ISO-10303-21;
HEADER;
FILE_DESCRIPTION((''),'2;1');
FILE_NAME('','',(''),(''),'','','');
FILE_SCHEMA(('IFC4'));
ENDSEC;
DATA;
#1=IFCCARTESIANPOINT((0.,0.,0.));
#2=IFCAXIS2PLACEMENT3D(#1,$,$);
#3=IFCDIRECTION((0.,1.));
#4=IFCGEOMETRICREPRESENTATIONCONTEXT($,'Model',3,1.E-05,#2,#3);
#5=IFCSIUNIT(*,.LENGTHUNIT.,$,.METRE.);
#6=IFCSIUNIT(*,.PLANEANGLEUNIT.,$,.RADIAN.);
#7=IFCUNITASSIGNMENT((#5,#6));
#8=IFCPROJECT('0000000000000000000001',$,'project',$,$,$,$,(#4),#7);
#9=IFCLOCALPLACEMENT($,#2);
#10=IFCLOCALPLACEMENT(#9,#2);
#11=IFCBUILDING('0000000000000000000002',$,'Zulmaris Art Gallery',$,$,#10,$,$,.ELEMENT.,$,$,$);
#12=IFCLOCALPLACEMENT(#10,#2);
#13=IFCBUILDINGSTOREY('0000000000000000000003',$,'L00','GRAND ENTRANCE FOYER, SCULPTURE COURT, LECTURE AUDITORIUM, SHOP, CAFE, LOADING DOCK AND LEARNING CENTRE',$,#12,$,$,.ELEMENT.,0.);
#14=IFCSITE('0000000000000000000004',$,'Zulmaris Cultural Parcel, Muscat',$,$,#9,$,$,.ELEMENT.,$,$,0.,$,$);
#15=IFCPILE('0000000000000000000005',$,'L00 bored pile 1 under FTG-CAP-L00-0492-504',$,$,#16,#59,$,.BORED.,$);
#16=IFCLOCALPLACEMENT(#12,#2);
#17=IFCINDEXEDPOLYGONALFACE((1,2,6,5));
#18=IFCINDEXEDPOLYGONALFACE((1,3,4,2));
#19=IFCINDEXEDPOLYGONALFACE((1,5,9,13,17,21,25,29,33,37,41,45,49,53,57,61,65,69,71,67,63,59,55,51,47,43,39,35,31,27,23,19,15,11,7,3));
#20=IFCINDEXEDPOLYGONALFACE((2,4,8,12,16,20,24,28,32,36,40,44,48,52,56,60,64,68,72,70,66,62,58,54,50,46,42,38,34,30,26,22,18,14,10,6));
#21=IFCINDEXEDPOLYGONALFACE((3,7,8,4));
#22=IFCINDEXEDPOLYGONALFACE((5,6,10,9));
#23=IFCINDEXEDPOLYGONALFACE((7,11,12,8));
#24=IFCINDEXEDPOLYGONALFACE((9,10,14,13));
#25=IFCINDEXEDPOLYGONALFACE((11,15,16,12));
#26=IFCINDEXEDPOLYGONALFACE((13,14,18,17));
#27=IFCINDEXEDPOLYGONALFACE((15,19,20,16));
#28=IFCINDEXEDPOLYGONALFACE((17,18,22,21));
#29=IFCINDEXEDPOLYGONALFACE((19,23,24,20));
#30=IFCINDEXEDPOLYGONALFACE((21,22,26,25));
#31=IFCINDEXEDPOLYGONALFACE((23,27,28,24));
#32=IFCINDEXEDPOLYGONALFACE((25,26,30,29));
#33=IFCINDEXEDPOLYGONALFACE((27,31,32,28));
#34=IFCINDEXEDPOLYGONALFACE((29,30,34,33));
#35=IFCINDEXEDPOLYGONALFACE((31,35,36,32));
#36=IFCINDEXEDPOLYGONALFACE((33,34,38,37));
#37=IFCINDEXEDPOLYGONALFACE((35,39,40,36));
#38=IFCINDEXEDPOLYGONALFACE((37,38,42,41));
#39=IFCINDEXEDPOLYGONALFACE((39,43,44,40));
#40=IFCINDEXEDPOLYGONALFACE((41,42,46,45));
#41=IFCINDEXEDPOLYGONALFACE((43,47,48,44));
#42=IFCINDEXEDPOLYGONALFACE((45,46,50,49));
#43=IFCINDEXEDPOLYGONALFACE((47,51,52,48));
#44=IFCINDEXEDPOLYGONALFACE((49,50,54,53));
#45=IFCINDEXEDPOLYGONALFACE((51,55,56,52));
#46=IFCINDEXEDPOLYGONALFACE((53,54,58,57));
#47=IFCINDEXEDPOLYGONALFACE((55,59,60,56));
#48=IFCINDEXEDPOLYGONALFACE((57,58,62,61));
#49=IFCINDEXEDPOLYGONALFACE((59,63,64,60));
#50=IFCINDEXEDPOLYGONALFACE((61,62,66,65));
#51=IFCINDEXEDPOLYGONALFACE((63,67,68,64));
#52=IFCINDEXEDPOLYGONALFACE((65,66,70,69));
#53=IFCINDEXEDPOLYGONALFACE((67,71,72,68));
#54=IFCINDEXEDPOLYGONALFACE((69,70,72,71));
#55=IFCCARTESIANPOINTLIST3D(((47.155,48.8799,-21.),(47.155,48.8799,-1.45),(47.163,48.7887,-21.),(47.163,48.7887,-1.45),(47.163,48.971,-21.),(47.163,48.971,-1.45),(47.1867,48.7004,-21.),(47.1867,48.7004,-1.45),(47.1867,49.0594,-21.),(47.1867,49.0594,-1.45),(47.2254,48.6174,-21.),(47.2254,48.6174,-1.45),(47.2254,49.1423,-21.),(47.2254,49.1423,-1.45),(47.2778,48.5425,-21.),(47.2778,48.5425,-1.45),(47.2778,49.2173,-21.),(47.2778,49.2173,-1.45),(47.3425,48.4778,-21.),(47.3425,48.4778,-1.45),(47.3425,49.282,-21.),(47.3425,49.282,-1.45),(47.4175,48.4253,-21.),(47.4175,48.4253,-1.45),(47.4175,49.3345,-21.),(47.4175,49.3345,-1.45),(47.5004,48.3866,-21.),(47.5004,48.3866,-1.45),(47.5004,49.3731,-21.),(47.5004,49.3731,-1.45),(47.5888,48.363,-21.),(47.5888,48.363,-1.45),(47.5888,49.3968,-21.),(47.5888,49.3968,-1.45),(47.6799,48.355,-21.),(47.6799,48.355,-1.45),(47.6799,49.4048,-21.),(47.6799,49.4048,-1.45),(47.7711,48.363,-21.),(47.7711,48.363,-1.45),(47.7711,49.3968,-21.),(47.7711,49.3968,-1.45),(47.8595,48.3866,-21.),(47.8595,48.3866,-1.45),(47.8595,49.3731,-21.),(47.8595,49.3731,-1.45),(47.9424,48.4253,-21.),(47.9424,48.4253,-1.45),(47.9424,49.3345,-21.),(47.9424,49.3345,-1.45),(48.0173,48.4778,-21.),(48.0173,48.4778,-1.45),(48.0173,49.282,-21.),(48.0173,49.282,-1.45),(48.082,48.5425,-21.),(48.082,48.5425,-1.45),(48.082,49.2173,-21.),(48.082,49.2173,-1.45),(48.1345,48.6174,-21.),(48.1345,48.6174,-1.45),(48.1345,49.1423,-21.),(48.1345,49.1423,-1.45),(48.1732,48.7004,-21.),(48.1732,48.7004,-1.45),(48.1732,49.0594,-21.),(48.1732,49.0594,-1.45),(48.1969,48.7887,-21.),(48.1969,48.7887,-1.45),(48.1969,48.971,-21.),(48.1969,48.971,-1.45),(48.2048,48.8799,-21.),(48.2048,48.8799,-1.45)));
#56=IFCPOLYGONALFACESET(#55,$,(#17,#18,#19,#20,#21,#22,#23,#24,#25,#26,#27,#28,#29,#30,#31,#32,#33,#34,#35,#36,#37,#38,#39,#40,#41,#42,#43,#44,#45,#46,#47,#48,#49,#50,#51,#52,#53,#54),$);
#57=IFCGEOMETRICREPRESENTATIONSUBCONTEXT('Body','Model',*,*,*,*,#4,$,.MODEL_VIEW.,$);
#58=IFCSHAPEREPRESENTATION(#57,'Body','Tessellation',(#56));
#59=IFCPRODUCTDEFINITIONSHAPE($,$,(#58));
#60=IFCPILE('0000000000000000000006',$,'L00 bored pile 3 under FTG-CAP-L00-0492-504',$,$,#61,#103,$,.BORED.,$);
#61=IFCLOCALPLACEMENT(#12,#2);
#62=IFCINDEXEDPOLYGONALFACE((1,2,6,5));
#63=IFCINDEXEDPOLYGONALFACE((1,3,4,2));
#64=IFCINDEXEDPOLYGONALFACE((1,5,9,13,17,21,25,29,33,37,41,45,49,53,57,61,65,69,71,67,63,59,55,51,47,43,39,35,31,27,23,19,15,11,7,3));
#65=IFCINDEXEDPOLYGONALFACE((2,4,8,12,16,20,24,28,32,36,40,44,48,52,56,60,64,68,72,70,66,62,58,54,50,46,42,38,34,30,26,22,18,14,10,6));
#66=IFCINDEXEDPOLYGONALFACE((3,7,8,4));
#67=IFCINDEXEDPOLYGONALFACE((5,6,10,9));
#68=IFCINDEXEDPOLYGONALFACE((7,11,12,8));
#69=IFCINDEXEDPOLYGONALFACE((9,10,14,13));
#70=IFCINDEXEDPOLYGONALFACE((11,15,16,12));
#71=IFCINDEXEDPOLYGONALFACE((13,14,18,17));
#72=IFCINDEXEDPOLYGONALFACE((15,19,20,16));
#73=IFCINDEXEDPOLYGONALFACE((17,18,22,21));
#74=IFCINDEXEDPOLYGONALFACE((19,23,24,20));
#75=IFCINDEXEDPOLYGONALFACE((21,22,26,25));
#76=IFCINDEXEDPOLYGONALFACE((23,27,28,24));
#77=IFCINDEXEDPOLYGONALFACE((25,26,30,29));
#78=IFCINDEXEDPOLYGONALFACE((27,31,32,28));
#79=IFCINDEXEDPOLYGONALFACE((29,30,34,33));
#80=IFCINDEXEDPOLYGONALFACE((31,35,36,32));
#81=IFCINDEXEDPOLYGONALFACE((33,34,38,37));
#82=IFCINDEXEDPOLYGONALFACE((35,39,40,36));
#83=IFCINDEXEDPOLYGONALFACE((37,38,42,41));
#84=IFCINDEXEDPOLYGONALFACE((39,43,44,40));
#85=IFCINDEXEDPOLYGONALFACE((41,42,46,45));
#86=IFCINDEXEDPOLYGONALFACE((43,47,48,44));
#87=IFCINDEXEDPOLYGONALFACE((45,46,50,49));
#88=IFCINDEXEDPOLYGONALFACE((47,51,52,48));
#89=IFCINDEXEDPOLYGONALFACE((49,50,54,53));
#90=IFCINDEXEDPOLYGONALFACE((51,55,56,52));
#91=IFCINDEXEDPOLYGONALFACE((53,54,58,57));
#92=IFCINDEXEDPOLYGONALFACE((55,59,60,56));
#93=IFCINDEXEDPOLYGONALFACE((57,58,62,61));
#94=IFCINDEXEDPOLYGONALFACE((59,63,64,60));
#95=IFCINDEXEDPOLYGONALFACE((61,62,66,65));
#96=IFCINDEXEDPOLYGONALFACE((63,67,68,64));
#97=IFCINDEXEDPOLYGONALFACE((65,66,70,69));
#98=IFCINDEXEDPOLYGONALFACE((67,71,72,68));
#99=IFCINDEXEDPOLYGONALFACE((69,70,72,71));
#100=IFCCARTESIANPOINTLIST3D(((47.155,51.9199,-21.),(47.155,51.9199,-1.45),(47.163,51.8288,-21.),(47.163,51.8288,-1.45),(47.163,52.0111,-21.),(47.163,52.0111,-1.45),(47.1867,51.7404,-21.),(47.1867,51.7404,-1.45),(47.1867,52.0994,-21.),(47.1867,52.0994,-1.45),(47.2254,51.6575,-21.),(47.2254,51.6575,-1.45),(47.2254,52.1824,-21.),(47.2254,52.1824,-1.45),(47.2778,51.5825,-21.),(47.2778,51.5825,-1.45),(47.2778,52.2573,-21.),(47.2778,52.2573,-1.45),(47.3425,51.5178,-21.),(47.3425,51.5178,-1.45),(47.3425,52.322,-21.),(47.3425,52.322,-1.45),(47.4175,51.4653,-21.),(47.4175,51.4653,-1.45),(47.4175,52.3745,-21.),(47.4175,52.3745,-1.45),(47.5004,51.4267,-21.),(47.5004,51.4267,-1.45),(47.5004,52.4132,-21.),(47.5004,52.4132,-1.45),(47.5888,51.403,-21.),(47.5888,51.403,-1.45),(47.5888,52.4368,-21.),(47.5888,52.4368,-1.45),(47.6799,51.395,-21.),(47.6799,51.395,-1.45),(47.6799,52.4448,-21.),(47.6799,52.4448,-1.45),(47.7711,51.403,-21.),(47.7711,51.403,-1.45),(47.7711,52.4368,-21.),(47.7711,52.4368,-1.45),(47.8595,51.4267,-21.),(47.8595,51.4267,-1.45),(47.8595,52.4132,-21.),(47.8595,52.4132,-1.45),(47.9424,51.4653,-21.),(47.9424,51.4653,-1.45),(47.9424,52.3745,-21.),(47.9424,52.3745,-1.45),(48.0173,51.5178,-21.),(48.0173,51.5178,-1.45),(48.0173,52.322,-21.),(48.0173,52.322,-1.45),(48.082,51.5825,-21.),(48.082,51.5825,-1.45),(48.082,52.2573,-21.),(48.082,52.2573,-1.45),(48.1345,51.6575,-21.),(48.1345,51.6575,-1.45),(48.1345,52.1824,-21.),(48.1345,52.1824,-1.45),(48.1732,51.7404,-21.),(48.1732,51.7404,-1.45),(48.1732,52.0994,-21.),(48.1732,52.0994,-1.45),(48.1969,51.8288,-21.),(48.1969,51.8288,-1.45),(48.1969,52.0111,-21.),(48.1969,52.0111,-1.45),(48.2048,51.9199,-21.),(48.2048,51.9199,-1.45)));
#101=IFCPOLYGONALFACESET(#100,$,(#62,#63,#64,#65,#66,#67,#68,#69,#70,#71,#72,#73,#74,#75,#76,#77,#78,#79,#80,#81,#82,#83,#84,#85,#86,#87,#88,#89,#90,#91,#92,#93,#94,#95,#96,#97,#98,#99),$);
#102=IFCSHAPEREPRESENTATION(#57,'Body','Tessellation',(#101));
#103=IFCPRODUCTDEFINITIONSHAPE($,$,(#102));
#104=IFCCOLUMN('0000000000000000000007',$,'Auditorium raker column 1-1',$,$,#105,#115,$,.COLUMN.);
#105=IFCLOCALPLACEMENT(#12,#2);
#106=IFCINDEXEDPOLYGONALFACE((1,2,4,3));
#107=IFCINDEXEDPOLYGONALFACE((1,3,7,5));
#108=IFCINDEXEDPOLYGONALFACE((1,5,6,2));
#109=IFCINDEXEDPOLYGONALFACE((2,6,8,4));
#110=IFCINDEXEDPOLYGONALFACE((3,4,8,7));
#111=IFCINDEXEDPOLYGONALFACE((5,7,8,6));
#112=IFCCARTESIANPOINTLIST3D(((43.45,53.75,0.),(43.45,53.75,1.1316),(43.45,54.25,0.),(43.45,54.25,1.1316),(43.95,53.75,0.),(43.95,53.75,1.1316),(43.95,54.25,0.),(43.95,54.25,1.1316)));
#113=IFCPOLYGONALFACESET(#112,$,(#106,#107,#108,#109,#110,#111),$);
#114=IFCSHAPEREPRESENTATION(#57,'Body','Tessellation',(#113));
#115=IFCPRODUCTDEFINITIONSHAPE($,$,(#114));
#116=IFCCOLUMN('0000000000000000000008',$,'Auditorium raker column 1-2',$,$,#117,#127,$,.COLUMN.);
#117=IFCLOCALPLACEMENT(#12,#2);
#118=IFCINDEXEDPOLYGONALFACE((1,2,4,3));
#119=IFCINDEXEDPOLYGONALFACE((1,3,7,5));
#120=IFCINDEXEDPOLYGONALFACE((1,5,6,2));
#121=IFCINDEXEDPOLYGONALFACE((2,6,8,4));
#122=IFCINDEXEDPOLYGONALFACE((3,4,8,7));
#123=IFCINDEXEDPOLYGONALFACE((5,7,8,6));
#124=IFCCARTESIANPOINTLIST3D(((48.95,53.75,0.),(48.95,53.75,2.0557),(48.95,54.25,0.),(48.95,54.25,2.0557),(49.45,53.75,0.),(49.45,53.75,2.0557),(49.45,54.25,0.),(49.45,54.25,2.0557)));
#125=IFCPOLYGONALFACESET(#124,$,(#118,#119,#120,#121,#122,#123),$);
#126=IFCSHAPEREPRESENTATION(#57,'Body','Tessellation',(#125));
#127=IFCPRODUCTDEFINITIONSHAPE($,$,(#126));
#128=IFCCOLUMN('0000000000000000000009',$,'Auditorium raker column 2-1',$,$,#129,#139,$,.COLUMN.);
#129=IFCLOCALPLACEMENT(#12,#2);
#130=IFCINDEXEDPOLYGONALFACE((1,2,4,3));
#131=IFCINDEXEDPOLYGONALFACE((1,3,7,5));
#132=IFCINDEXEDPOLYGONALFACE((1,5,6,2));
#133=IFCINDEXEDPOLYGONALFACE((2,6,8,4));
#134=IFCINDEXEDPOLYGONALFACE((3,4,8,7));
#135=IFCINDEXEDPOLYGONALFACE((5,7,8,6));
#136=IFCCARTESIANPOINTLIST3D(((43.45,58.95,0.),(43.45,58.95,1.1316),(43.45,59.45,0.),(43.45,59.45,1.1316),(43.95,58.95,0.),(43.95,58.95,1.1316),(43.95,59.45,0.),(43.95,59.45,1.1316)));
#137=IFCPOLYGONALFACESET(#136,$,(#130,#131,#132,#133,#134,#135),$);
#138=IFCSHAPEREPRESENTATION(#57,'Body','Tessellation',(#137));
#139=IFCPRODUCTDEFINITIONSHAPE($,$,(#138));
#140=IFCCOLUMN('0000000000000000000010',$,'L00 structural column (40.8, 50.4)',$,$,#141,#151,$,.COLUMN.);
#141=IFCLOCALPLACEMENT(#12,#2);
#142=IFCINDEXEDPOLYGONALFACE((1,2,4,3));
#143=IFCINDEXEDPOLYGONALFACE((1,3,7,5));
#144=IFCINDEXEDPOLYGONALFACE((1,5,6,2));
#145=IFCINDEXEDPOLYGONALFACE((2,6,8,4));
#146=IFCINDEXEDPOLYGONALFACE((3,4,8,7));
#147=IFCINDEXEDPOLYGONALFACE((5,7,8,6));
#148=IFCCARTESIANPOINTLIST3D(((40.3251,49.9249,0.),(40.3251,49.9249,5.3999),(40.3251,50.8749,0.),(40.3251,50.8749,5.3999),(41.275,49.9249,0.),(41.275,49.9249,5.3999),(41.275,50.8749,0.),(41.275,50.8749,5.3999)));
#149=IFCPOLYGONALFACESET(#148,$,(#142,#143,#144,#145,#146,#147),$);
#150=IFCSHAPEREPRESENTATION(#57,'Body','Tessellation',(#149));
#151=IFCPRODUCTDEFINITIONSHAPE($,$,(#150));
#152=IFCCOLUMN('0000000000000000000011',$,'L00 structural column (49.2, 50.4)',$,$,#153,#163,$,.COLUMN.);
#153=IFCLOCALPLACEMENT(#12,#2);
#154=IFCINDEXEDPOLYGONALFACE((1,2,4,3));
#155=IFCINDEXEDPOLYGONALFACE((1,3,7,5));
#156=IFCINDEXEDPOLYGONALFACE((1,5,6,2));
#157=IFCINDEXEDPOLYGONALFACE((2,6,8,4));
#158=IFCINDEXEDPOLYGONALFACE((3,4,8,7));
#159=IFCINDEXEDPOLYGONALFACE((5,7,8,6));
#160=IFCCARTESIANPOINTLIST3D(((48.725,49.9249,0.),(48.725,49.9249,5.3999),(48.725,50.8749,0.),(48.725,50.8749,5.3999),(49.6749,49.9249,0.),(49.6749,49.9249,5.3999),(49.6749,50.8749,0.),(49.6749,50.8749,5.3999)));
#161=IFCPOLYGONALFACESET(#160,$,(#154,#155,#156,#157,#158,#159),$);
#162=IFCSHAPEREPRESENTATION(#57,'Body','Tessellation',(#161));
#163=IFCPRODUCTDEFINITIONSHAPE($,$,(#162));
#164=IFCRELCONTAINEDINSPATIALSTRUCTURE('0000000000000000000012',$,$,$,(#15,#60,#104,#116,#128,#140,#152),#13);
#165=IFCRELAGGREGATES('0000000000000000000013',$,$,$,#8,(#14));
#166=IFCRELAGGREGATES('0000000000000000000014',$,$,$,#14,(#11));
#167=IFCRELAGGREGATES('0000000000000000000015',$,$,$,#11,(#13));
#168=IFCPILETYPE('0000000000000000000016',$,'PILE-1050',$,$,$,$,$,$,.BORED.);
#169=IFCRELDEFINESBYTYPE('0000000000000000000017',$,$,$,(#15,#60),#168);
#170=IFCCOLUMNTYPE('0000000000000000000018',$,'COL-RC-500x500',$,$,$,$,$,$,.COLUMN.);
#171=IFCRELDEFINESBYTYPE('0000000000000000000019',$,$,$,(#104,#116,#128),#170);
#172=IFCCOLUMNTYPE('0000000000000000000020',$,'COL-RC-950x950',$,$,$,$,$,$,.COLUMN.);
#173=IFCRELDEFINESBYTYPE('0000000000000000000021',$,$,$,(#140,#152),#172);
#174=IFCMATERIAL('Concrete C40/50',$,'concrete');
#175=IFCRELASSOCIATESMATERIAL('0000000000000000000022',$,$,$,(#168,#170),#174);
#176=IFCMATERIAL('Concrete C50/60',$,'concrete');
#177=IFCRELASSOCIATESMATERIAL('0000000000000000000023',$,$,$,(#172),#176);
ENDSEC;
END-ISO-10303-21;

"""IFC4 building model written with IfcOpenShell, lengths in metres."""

from ifc_helpers import new_model, si_unit, direction, frame, origin, origin_2d, place, context, subcontext, project, spatial, rectangle, circle, extrude, material, material_profile, profile_set, type_object, element, save


model = new_model("IFC4")

# Units and contexts
model_context = context("Model", 3, precision=1e-05, world=origin(), true_north=direction((0.0, 1.0)))
body_context = subcontext(model_context, "Body", "Model", "MODEL_VIEW")
ifc_project = project(units=[si_unit("LENGTHUNIT", "METRE"), si_unit("PLANEANGLEUNIT", "RADIAN")], contexts=[model_context])

# Site, building, storey
site_placement = place(None, origin())
site = spatial("IfcSite", under=ifc_project, at=site_placement, Name="Zulmaris Cultural Parcel, Muscat", CompositionType="ELEMENT", RefElevation=0.0)
building_placement = place(site_placement, origin())
building = spatial("IfcBuilding", under=site, at=building_placement, Name="Zulmaris Art Gallery", CompositionType="ELEMENT")
storey_placement = place(building_placement, origin())
storey = spatial("IfcBuildingStorey", under=building, at=storey_placement, Name="L00", Description="GRAND ENTRANCE FOYER, SCULPTURE COURT, LECTURE AUDITORIUM, SHOP, CAFE, LOADING DOCK AND LEARNING CENTRE", CompositionType="ELEMENT", Elevation=0.0)

# Piles
ifc_material_1 = material(Name="Concrete C40/50", Category="concrete")
ifc_material_profile_1 = material_profile(ifc_material_1, circle(Radius=0.5249, at=origin_2d()), Name="PILE DIA 1050")
ifc_profile_set_1 = profile_set([ifc_material_profile_1], Name="Concrete C40/50")
pile_type = type_object("IfcPileType", Name="PILE-1050", PredefinedType="BORED", material=ifc_profile_set_1)
for number, where, z_axis, x_axis, name in (
    (1, (47.6799, 48.8799, -1.45), (0.0, 0.0, -1.0), (1.0, 0.0, 0.0), "L00 bored pile 1 under FTG-CAP-L00-0492-504"),
    (2, (47.6799, 51.9199, -1.45), (0.0, 0.0, -1.0), (1.0, 0.0, 0.0), "L00 bored pile 3 under FTG-CAP-L00-0492-504"),
):
    element("IfcPile", number, at=place(storey_placement, frame(where, z_axis=z_axis, x_axis=x_axis)), inside=storey, type_object=pile_type, Name=name, PredefinedType="BORED", context=body_context, shape_type="SweptSolid", body=[
        extrude(circle(Radius=0.5249, at=origin_2d()), origin(), (0.0, 0.0, 1.0), 19.55),
    ])

# Columns
ifc_material_profile_2 = material_profile(ifc_material_1, rectangle(XDim=0.5, YDim=0.5, at=origin_2d()), Name="RC 500x500")
ifc_profile_set_2 = profile_set([ifc_material_profile_2], Name="Concrete C40/50")
column_type_1 = type_object("IfcColumnType", Name="COL-RC-500x500", PredefinedType="COLUMN", material=ifc_profile_set_2)
column_1_placement = place(storey_placement, frame((43.7, 54.0, 0.0), z_axis=(0.0, 0.0, 1.0), x_axis=(1.0, 0.0, 0.0)))
element("IfcColumn", 3, at=column_1_placement, inside=storey, type_object=column_type_1, Name="Auditorium raker column 1-1", PredefinedType="COLUMN", context=body_context, shape_type="SweptSolid", body=[
    extrude(rectangle(XDim=0.5, YDim=0.5, at=origin_2d()), origin(), (0.0, 0.0, 1.0), 1.1316),
])
column_2_placement = place(storey_placement, frame((49.2, 54.0, 0.0), z_axis=(0.0, 0.0, 1.0), x_axis=(1.0, 0.0, 0.0)))
element("IfcColumn", 4, at=column_2_placement, inside=storey, type_object=column_type_1, Name="Auditorium raker column 1-2", PredefinedType="COLUMN", context=body_context, shape_type="SweptSolid", body=[
    extrude(rectangle(XDim=0.5, YDim=0.5, at=origin_2d()), origin(), (0.0, 0.0, 1.0), 2.0557),
])
column_3_placement = place(storey_placement, frame((43.7, 59.2, 0.0), z_axis=(0.0, 0.0, 1.0), x_axis=(1.0, 0.0, 0.0)))
element("IfcColumn", 5, at=column_3_placement, inside=storey, type_object=column_type_1, Name="Auditorium raker column 2-1", PredefinedType="COLUMN", context=body_context, shape_type="SweptSolid", body=[
    extrude(rectangle(XDim=0.5, YDim=0.5, at=origin_2d()), origin(), (0.0, 0.0, 1.0), 1.1316),
])
ifc_material_2 = material(Name="Concrete C50/60", Category="concrete")
ifc_material_profile_3 = material_profile(ifc_material_2, rectangle(XDim=0.95, YDim=0.95, at=origin_2d()), Name="RC 950x950")
ifc_profile_set_3 = profile_set([ifc_material_profile_3], Name="Concrete C50/60")
column_type_2 = type_object("IfcColumnType", Name="COL-RC-950x950", PredefinedType="COLUMN", material=ifc_profile_set_3)
for number, where, z_axis, x_axis, name in (
    (6, (40.8, 50.3999, 0.0), (0.0, 0.0, 1.0), (1.0, 0.0, 0.0), "L00 structural column (40.8, 50.4)"),
    (7, (49.2, 50.3999, 0.0), (0.0, 0.0, 1.0), (1.0, 0.0, 0.0), "L00 structural column (49.2, 50.4)"),
):
    element("IfcColumn", number, at=place(storey_placement, frame(where, z_axis=z_axis, x_axis=x_axis)), inside=storey, type_object=column_type_2, Name=name, PredefinedType="COLUMN", context=body_context, shape_type="SweptSolid", body=[
        extrude(rectangle(XDim=0.95, YDim=0.95, at=origin_2d()), origin(), (0.0, 0.0, 1.0), 5.3999),
    ])

save(model, "model.ifc")
